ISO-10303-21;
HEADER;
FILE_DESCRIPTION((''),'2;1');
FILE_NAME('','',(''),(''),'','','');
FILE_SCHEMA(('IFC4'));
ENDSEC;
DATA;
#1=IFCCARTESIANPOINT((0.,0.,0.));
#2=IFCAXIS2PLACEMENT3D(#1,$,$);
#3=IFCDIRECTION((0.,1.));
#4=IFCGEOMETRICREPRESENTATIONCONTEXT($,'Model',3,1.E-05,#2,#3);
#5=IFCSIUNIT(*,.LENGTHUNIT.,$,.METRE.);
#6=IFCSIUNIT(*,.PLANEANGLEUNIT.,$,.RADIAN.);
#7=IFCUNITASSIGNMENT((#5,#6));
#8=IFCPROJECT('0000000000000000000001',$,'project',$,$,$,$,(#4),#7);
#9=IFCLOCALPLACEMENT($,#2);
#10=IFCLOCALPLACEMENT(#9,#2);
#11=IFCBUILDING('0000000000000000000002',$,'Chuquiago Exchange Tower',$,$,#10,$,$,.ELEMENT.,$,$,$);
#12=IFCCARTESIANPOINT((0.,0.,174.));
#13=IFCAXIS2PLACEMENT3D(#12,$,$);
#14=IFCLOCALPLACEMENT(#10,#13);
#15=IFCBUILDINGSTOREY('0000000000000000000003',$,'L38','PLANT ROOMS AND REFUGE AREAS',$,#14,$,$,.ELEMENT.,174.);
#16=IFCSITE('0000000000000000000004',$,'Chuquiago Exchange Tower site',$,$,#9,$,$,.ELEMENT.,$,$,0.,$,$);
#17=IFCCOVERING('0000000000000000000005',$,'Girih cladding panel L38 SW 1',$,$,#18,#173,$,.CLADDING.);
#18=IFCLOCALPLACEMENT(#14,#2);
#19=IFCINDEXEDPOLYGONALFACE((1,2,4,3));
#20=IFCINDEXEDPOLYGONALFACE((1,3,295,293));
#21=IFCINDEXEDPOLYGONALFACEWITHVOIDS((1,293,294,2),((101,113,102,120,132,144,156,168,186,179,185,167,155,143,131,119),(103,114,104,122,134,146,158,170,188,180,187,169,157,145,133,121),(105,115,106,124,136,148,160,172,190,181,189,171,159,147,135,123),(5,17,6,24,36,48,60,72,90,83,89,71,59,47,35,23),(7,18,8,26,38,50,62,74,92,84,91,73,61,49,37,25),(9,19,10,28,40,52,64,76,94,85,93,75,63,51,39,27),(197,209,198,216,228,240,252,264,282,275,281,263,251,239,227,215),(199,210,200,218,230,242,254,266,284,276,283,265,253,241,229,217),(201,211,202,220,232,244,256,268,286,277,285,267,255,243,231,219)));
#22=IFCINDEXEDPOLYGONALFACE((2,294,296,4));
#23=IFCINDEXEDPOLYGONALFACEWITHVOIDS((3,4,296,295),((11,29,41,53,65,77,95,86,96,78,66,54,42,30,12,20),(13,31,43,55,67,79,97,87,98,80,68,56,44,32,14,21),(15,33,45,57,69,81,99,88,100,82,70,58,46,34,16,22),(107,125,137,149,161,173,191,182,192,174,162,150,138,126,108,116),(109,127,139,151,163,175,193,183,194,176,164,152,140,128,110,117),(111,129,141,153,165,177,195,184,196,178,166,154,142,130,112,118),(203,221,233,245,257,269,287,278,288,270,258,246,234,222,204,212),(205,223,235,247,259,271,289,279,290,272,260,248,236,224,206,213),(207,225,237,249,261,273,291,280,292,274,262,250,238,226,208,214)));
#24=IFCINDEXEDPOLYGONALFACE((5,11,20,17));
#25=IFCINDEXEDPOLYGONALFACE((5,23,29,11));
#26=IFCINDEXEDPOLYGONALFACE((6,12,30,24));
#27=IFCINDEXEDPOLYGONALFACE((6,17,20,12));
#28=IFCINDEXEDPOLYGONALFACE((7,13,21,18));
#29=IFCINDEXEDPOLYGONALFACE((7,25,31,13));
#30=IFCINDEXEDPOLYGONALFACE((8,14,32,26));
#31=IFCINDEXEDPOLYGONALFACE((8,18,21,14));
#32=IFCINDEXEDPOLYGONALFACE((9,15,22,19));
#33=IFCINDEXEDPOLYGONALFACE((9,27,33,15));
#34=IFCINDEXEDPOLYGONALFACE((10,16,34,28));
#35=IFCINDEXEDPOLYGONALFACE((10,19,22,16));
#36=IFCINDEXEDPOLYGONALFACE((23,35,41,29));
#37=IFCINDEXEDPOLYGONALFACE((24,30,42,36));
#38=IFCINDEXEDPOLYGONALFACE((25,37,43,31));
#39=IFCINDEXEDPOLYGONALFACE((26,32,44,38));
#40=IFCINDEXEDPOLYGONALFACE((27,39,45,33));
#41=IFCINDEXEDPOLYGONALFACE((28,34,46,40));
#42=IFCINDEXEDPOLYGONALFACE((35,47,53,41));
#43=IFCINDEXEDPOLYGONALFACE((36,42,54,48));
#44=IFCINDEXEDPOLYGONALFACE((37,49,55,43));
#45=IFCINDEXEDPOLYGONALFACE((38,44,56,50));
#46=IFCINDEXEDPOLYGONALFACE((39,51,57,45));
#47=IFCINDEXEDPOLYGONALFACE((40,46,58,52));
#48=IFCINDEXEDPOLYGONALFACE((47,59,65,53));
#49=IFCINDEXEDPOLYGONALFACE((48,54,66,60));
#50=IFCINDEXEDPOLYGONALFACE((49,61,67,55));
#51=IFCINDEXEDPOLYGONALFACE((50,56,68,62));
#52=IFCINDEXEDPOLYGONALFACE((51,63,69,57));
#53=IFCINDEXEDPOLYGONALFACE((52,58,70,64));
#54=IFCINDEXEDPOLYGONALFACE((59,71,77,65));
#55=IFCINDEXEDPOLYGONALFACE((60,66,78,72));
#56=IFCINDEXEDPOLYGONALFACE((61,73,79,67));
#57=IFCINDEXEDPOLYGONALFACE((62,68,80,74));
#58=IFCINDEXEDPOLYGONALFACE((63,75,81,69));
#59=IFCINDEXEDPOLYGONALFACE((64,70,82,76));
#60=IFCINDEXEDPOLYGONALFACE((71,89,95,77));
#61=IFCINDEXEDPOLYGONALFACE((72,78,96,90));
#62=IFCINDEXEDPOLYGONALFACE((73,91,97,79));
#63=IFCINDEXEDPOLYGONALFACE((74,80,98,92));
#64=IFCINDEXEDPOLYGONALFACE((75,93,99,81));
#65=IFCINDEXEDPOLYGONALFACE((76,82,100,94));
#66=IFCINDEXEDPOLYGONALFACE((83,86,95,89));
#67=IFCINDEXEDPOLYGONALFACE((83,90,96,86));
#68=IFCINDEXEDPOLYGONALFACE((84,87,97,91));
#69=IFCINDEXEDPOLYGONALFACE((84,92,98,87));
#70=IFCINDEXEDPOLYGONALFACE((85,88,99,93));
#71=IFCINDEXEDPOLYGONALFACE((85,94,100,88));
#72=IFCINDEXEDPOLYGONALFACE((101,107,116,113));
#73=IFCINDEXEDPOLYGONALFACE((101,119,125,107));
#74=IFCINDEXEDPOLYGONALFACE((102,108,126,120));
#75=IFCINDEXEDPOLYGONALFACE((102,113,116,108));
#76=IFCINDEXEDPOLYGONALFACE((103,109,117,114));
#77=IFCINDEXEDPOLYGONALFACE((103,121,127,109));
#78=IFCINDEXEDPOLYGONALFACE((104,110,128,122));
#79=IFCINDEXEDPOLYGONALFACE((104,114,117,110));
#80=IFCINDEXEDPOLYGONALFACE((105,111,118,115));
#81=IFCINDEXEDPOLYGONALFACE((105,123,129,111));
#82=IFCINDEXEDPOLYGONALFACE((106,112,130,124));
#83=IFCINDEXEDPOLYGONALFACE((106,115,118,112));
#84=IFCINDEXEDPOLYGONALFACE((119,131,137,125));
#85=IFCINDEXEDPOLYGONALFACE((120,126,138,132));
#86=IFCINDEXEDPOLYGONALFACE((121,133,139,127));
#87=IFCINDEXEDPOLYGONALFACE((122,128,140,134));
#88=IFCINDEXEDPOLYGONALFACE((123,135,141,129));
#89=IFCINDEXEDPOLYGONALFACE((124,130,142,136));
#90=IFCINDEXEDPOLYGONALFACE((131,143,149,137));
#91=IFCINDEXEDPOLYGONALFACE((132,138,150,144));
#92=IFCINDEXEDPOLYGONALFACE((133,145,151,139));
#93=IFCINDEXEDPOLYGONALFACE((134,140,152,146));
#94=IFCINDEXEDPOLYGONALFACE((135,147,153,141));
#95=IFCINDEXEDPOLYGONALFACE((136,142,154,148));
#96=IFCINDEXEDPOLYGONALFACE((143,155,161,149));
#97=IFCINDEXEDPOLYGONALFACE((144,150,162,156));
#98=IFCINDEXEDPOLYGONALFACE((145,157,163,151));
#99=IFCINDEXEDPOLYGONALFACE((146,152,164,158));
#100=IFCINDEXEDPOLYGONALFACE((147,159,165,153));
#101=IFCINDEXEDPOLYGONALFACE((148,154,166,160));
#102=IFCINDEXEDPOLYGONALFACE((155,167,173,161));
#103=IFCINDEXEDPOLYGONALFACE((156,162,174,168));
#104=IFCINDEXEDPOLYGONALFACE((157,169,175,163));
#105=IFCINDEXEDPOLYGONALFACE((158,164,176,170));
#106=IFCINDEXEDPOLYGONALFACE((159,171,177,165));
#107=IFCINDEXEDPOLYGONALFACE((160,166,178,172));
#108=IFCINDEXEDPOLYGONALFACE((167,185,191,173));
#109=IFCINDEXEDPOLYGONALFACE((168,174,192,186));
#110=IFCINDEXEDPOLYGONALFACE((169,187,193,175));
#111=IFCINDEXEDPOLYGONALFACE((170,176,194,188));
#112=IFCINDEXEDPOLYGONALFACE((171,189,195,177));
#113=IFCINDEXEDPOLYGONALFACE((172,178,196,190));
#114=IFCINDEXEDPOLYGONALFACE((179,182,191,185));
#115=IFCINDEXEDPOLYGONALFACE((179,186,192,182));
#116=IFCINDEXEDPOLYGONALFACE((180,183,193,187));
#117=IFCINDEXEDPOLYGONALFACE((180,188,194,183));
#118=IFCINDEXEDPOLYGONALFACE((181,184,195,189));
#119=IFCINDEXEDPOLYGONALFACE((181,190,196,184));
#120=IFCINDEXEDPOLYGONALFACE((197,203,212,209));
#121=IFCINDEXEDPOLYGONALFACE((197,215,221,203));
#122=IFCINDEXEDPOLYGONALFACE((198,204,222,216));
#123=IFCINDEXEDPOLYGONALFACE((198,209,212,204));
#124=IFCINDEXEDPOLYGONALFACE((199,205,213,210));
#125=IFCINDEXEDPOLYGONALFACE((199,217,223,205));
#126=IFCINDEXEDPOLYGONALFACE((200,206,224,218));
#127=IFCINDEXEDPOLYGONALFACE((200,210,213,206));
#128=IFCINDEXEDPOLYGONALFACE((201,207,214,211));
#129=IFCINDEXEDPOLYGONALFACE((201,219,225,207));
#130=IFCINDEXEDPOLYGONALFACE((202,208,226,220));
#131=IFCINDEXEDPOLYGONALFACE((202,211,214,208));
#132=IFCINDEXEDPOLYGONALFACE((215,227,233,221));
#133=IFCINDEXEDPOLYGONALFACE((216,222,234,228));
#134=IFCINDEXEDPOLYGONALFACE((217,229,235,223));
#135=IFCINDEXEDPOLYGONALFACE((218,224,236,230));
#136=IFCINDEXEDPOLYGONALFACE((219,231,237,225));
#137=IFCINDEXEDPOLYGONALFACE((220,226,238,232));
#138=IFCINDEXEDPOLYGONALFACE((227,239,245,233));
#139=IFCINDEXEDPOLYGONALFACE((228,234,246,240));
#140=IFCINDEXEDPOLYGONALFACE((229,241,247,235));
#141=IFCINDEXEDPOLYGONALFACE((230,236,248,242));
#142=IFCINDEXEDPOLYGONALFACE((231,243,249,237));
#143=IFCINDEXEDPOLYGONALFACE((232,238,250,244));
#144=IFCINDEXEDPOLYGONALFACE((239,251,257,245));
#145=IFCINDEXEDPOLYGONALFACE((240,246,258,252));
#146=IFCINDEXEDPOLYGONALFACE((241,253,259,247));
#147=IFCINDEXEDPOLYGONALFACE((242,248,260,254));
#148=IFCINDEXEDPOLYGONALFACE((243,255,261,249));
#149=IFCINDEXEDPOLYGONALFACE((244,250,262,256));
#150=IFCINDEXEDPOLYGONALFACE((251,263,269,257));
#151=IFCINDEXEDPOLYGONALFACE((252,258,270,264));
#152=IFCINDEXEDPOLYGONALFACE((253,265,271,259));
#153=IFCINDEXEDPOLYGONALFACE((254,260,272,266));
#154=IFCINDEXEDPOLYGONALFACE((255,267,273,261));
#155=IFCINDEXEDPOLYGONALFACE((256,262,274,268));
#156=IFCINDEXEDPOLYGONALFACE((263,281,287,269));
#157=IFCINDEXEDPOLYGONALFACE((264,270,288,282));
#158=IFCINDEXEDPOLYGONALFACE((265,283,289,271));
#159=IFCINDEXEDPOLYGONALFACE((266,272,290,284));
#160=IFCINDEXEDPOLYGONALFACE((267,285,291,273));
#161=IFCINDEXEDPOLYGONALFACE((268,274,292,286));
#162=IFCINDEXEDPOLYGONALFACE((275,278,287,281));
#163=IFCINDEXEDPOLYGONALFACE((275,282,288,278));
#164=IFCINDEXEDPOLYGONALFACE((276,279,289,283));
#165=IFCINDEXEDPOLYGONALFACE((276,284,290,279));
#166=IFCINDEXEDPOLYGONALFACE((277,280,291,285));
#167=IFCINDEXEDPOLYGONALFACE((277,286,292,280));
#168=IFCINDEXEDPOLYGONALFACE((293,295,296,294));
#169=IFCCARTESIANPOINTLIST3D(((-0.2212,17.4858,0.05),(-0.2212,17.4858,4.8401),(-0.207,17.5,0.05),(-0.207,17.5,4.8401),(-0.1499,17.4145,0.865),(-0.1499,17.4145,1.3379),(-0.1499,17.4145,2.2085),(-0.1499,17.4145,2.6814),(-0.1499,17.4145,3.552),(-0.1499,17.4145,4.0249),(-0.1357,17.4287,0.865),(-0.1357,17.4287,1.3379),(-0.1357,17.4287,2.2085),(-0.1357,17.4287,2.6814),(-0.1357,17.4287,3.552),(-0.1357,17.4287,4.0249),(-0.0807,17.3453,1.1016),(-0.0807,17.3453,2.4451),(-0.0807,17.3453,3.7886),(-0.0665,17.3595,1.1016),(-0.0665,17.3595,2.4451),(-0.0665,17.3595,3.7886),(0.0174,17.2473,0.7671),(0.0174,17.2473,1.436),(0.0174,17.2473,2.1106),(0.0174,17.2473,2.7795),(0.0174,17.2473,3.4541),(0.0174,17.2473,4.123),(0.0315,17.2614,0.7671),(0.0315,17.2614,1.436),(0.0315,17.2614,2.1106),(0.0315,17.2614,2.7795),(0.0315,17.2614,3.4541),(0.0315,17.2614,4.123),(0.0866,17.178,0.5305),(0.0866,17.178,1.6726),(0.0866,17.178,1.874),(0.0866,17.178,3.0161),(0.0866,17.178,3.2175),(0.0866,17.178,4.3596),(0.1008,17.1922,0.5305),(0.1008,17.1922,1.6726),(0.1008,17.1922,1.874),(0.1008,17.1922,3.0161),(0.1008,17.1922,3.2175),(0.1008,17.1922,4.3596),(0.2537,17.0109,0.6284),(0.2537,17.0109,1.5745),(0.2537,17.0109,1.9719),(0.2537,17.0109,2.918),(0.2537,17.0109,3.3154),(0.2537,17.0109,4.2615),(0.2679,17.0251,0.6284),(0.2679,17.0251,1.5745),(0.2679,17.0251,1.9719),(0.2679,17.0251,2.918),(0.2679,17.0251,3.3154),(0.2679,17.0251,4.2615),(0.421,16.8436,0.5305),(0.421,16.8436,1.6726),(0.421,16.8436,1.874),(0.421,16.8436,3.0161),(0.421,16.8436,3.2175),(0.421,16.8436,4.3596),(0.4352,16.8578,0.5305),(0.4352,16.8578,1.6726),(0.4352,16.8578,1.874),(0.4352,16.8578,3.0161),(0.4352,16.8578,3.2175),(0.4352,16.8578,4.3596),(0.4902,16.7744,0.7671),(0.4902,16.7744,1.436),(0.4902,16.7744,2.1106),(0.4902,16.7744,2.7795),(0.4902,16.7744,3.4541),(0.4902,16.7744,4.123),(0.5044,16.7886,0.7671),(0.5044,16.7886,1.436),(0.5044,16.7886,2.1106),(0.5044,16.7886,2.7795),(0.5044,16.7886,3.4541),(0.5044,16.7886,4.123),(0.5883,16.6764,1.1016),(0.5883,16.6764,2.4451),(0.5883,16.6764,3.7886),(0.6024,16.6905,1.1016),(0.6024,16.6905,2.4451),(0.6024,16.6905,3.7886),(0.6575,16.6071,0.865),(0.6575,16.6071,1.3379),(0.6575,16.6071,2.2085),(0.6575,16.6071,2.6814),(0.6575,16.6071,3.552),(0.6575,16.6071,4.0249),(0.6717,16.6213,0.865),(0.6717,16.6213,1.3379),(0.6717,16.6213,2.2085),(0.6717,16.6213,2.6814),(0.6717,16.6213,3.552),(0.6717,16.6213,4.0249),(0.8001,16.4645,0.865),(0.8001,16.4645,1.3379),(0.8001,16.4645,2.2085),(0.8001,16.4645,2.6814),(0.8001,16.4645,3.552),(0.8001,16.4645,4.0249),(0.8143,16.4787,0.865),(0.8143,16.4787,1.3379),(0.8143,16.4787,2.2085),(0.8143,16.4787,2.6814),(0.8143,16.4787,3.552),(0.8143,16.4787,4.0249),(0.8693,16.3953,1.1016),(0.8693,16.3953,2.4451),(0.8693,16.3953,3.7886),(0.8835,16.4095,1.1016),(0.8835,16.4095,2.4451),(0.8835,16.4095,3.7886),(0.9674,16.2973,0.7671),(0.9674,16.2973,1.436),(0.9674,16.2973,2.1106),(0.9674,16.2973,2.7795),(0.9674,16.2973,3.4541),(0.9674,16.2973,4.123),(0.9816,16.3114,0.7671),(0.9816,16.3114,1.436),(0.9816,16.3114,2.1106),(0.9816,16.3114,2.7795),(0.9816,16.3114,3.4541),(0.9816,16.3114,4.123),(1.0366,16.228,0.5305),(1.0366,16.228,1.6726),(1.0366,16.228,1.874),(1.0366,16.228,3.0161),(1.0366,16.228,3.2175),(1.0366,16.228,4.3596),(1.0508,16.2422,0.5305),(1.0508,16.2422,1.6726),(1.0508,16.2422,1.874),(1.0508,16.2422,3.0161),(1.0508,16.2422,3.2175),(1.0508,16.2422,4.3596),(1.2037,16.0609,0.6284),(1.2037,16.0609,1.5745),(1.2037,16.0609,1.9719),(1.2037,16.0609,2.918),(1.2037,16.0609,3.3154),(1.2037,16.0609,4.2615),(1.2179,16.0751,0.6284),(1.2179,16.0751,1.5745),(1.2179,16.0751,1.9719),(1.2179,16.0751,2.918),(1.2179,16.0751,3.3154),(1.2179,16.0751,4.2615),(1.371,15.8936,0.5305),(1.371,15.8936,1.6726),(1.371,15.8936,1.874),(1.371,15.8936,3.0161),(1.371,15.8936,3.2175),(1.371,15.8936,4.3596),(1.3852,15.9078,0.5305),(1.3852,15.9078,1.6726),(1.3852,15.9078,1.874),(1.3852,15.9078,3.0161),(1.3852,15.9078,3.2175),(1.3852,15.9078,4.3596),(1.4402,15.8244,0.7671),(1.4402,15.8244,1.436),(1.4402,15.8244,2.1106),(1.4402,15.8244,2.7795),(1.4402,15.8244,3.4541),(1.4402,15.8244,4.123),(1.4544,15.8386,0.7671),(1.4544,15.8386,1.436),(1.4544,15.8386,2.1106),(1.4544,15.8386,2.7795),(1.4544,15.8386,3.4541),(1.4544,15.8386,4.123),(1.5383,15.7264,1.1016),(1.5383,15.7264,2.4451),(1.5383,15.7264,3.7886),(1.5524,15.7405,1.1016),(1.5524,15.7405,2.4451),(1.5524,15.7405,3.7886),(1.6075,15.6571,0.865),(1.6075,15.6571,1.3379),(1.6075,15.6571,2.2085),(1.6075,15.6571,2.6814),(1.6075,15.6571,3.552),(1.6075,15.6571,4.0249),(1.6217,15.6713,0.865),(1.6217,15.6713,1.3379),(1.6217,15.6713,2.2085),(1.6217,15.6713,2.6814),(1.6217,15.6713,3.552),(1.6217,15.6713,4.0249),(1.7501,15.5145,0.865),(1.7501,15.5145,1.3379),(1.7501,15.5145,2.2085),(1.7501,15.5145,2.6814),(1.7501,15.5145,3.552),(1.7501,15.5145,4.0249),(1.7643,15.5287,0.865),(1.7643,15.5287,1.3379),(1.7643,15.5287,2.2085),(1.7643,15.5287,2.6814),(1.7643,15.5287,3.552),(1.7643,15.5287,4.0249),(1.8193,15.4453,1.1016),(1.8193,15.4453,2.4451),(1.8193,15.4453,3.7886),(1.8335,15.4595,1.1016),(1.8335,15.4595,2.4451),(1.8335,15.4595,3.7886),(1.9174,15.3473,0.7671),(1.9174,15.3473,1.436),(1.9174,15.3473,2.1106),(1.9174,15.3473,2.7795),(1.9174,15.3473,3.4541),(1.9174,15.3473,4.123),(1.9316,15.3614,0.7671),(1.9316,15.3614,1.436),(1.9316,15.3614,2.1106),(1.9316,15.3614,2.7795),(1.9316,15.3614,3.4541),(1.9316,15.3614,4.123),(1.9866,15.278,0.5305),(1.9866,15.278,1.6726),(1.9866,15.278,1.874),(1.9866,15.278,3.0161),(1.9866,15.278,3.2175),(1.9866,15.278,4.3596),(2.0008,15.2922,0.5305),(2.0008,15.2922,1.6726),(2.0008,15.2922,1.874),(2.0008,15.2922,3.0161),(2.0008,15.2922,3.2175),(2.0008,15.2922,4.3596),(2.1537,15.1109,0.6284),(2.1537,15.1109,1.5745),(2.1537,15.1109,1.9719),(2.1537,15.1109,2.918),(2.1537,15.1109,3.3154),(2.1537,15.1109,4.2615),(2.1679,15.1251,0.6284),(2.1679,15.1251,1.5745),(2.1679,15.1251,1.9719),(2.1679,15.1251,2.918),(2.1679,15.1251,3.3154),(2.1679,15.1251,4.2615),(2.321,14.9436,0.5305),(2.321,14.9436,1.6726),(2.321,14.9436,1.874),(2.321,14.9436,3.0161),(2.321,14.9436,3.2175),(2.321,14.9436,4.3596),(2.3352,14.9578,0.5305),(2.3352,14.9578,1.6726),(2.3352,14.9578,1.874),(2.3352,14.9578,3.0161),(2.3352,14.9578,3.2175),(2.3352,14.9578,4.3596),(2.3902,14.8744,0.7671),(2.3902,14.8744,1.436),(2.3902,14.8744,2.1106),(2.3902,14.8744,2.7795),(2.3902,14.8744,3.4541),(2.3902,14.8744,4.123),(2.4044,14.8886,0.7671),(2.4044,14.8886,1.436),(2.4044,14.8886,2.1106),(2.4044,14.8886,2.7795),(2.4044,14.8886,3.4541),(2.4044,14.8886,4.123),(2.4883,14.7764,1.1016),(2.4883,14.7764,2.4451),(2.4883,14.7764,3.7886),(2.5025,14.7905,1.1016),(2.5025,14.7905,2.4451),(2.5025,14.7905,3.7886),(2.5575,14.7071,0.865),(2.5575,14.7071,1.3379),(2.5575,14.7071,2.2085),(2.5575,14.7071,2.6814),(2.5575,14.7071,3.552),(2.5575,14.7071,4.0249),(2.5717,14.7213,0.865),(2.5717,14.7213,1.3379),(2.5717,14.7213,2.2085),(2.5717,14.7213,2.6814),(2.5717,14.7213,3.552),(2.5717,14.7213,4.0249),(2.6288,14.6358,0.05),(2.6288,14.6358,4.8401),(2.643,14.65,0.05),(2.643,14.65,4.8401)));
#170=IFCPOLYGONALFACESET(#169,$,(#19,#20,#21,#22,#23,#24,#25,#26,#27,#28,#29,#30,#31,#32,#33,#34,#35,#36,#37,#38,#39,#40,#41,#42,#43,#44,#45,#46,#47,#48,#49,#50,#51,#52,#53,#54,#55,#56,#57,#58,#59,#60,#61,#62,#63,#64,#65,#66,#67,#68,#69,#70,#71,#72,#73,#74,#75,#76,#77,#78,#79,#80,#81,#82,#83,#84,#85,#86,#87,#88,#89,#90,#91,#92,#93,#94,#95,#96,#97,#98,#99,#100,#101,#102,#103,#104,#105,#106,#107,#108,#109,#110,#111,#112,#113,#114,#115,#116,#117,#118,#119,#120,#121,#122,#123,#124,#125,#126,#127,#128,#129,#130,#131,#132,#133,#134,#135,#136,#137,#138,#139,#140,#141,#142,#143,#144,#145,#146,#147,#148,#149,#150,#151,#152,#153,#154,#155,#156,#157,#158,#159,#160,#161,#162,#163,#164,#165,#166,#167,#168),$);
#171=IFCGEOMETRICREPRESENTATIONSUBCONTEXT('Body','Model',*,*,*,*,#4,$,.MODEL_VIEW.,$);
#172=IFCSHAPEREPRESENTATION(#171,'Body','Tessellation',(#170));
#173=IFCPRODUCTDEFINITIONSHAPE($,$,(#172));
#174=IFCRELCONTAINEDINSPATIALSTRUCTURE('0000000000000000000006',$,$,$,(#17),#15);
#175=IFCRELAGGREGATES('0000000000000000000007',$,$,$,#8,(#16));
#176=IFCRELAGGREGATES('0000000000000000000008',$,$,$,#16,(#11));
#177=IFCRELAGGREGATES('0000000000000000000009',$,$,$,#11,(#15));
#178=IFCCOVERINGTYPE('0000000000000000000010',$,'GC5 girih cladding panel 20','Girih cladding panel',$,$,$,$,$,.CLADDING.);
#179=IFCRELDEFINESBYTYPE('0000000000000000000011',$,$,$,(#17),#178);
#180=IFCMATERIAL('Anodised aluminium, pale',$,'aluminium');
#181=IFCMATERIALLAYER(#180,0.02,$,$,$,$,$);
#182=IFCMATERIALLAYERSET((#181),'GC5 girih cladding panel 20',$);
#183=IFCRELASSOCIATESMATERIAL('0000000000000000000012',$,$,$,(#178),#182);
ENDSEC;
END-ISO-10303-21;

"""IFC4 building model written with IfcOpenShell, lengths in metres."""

from ifc_helpers import new_model, si_unit, direction, frame, origin, place, context, subcontext, project, spatial, polyline, outline, extrude, material, layer, layer_set, type_object, element, save


model = new_model("IFC4")

# Units and contexts
model_context = context("Model", 3, precision=1e-05, world=origin(), true_north=direction((0.0, 1.0)))
body_context = subcontext(model_context, "Body", "Model", "MODEL_VIEW")
ifc_project = project(units=[si_unit("LENGTHUNIT", "METRE"), si_unit("PLANEANGLEUNIT", "RADIAN")], contexts=[model_context])

# Site, building, storey
site_placement = place(None, origin())
site = spatial("IfcSite", under=ifc_project, at=site_placement, Name="Chuquiago Exchange Tower site", CompositionType="ELEMENT", RefElevation=0.0)
building_placement = place(site_placement, origin())
building = spatial("IfcBuilding", under=site, at=building_placement, Name="Chuquiago Exchange Tower", CompositionType="ELEMENT")
storey_placement = place(building_placement, frame((0.0, 0.0, 174.0)))
storey = spatial("IfcBuildingStorey", under=building, at=storey_placement, Name="L38", Description="PLANT ROOMS AND REFUGE AREAS", CompositionType="ELEMENT", Elevation=174.0)

# Covering
ifc_material_1 = material(Name="Anodised aluminium, pale", Category="aluminium")
ifc_layer_1 = layer(ifc_material_1, 0.02)
ifc_layer_set_1 = layer_set([ifc_layer_1], Name="GC5 girih cladding panel 20")
covering_type_1 = type_object("IfcCoveringType", Name="GC5 girih cladding panel 20", Description="Girih cladding panel", PredefinedType="CLADDING", material=ifc_layer_set_1)
covering_1_placement = place(storey_placement, frame((-0.207, 17.5, 0.05), z_axis=(0.0, 0.0, 1.0), x_axis=(0.707107, -0.707107, 0.0)))
element("IfcCovering", 1, at=covering_1_placement, inside=storey, type_object=covering_type_1, Name="Girih cladding panel L38 SW 1", PredefinedType="CLADDING", context=body_context, shape_type="SweptSolid", body=[
    extrude(outline(polyline([(0.0, 0.0), (4.0305, 0.0), (4.0305, 4.79), (0.0, 4.79), (0.0, 0.0)]), holes=[polyline([(1.1448, 1.0515), (1.2427, 1.2878), (1.0061, 1.386), (0.9082, 1.6226), (0.6716, 1.5244), (0.4353, 1.6226), (0.3374, 1.386), (0.1008, 1.2878), (0.1987, 1.0515), (0.1008, 0.8149), (0.3374, 0.717), (0.4353, 0.4805), (0.6716, 0.5784), (0.9082, 0.4805), (1.0061, 0.717), (1.2427, 0.8149), (1.1448, 1.0515)]), polyline([(2.4883, 1.0515), (2.5862, 1.2878), (2.3496, 1.386), (2.2517, 1.6226), (2.0151, 1.5244), (1.7788, 1.6226), (1.6809, 1.386), (1.4443, 1.2878), (1.5422, 1.0515), (1.4443, 0.8149), (1.6809, 0.717), (1.7788, 0.4805), (2.0151, 0.5784), (2.2517, 0.4805), (2.3496, 0.717), (2.5862, 0.8149), (2.4883, 1.0515)]), polyline([(3.8318, 1.0515), (3.9297, 1.2878), (3.6931, 1.386), (3.5952, 1.6226), (3.3586, 1.5244), (3.1223, 1.6226), (3.0244, 1.386), (2.7878, 1.2878), (2.8857, 1.0515), (2.7878, 0.8149), (3.0244, 0.717), (3.1223, 0.4805), (3.3586, 0.5784), (3.5952, 0.4805), (3.6931, 0.717), (3.9297, 0.8149), (3.8318, 1.0515)]), polyline([(1.1448, 2.395), (1.2427, 2.6313), (1.0061, 2.7295), (0.9082, 2.9661), (0.6716, 2.8679), (0.4353, 2.9661), (0.3374, 2.7295), (0.1008, 2.6313), (0.1987, 2.395), (0.1008, 2.1584), (0.3374, 2.0605), (0.4353, 1.824), (0.6716, 1.9219), (0.9082, 1.824), (1.0061, 2.0605), (1.2427, 2.1584), (1.1448, 2.395)]), polyline([(2.4883, 2.395), (2.5862, 2.6313), (2.3496, 2.7295), (2.2517, 2.9661), (2.0151, 2.8679), (1.7788, 2.9661), (1.6809, 2.7295), (1.4443, 2.6313), (1.5422, 2.395), (1.4443, 2.1584), (1.6809, 2.0605), (1.7788, 1.824), (2.0151, 1.9219), (2.2517, 1.824), (2.3496, 2.0605), (2.5862, 2.1584), (2.4883, 2.395)]), polyline([(3.8318, 2.395), (3.9297, 2.6313), (3.6931, 2.7295), (3.5952, 2.9661), (3.3586, 2.8679), (3.1223, 2.9661), (3.0244, 2.7295), (2.7878, 2.6313), (2.8857, 2.395), (2.7878, 2.1584), (3.0244, 2.0605), (3.1223, 1.824), (3.3586, 1.9219), (3.5952, 1.824), (3.6931, 2.0605), (3.9297, 2.1584), (3.8318, 2.395)]), polyline([(1.1448, 3.7385), (1.2427, 3.9749), (1.0061, 4.073), (0.9082, 4.3096), (0.6716, 4.2114), (0.4353, 4.3096), (0.3374, 4.073), (0.1008, 3.9749), (0.1987, 3.7385), (0.1008, 3.502), (0.3374, 3.4041), (0.4353, 3.1675), (0.6716, 3.2654), (0.9082, 3.1675), (1.0061, 3.4041), (1.2427, 3.502), (1.1448, 3.7385)]), polyline([(2.4883, 3.7385), (2.5862, 3.9749), (2.3496, 4.073), (2.2517, 4.3096), (2.0151, 4.2114), (1.7788, 4.3096), (1.6809, 4.073), (1.4443, 3.9749), (1.5422, 3.7385), (1.4443, 3.502), (1.6809, 3.4041), (1.7788, 3.1675), (2.0151, 3.2654), (2.2517, 3.1675), (2.3496, 3.4041), (2.5862, 3.502), (2.4883, 3.7385)]), polyline([(3.8318, 3.7385), (3.9297, 3.9749), (3.6931, 4.073), (3.5952, 4.3096), (3.3586, 4.2114), (3.1223, 4.3096), (3.0244, 4.073), (2.7878, 3.9749), (2.8857, 3.7385), (2.7878, 3.502), (3.0244, 3.4041), (3.1223, 3.1675), (3.3586, 3.2654), (3.5952, 3.1675), (3.6931, 3.4041), (3.9297, 3.502), (3.8318, 3.7385)])]), frame((0.0, 0.0, 0.0), z_axis=(0.0, -1.0, 0.0), x_axis=(1.0, 0.0, 0.0)), (0.0, 0.0, 1.0), 0.02),
])

save(model, "model.ifc")
